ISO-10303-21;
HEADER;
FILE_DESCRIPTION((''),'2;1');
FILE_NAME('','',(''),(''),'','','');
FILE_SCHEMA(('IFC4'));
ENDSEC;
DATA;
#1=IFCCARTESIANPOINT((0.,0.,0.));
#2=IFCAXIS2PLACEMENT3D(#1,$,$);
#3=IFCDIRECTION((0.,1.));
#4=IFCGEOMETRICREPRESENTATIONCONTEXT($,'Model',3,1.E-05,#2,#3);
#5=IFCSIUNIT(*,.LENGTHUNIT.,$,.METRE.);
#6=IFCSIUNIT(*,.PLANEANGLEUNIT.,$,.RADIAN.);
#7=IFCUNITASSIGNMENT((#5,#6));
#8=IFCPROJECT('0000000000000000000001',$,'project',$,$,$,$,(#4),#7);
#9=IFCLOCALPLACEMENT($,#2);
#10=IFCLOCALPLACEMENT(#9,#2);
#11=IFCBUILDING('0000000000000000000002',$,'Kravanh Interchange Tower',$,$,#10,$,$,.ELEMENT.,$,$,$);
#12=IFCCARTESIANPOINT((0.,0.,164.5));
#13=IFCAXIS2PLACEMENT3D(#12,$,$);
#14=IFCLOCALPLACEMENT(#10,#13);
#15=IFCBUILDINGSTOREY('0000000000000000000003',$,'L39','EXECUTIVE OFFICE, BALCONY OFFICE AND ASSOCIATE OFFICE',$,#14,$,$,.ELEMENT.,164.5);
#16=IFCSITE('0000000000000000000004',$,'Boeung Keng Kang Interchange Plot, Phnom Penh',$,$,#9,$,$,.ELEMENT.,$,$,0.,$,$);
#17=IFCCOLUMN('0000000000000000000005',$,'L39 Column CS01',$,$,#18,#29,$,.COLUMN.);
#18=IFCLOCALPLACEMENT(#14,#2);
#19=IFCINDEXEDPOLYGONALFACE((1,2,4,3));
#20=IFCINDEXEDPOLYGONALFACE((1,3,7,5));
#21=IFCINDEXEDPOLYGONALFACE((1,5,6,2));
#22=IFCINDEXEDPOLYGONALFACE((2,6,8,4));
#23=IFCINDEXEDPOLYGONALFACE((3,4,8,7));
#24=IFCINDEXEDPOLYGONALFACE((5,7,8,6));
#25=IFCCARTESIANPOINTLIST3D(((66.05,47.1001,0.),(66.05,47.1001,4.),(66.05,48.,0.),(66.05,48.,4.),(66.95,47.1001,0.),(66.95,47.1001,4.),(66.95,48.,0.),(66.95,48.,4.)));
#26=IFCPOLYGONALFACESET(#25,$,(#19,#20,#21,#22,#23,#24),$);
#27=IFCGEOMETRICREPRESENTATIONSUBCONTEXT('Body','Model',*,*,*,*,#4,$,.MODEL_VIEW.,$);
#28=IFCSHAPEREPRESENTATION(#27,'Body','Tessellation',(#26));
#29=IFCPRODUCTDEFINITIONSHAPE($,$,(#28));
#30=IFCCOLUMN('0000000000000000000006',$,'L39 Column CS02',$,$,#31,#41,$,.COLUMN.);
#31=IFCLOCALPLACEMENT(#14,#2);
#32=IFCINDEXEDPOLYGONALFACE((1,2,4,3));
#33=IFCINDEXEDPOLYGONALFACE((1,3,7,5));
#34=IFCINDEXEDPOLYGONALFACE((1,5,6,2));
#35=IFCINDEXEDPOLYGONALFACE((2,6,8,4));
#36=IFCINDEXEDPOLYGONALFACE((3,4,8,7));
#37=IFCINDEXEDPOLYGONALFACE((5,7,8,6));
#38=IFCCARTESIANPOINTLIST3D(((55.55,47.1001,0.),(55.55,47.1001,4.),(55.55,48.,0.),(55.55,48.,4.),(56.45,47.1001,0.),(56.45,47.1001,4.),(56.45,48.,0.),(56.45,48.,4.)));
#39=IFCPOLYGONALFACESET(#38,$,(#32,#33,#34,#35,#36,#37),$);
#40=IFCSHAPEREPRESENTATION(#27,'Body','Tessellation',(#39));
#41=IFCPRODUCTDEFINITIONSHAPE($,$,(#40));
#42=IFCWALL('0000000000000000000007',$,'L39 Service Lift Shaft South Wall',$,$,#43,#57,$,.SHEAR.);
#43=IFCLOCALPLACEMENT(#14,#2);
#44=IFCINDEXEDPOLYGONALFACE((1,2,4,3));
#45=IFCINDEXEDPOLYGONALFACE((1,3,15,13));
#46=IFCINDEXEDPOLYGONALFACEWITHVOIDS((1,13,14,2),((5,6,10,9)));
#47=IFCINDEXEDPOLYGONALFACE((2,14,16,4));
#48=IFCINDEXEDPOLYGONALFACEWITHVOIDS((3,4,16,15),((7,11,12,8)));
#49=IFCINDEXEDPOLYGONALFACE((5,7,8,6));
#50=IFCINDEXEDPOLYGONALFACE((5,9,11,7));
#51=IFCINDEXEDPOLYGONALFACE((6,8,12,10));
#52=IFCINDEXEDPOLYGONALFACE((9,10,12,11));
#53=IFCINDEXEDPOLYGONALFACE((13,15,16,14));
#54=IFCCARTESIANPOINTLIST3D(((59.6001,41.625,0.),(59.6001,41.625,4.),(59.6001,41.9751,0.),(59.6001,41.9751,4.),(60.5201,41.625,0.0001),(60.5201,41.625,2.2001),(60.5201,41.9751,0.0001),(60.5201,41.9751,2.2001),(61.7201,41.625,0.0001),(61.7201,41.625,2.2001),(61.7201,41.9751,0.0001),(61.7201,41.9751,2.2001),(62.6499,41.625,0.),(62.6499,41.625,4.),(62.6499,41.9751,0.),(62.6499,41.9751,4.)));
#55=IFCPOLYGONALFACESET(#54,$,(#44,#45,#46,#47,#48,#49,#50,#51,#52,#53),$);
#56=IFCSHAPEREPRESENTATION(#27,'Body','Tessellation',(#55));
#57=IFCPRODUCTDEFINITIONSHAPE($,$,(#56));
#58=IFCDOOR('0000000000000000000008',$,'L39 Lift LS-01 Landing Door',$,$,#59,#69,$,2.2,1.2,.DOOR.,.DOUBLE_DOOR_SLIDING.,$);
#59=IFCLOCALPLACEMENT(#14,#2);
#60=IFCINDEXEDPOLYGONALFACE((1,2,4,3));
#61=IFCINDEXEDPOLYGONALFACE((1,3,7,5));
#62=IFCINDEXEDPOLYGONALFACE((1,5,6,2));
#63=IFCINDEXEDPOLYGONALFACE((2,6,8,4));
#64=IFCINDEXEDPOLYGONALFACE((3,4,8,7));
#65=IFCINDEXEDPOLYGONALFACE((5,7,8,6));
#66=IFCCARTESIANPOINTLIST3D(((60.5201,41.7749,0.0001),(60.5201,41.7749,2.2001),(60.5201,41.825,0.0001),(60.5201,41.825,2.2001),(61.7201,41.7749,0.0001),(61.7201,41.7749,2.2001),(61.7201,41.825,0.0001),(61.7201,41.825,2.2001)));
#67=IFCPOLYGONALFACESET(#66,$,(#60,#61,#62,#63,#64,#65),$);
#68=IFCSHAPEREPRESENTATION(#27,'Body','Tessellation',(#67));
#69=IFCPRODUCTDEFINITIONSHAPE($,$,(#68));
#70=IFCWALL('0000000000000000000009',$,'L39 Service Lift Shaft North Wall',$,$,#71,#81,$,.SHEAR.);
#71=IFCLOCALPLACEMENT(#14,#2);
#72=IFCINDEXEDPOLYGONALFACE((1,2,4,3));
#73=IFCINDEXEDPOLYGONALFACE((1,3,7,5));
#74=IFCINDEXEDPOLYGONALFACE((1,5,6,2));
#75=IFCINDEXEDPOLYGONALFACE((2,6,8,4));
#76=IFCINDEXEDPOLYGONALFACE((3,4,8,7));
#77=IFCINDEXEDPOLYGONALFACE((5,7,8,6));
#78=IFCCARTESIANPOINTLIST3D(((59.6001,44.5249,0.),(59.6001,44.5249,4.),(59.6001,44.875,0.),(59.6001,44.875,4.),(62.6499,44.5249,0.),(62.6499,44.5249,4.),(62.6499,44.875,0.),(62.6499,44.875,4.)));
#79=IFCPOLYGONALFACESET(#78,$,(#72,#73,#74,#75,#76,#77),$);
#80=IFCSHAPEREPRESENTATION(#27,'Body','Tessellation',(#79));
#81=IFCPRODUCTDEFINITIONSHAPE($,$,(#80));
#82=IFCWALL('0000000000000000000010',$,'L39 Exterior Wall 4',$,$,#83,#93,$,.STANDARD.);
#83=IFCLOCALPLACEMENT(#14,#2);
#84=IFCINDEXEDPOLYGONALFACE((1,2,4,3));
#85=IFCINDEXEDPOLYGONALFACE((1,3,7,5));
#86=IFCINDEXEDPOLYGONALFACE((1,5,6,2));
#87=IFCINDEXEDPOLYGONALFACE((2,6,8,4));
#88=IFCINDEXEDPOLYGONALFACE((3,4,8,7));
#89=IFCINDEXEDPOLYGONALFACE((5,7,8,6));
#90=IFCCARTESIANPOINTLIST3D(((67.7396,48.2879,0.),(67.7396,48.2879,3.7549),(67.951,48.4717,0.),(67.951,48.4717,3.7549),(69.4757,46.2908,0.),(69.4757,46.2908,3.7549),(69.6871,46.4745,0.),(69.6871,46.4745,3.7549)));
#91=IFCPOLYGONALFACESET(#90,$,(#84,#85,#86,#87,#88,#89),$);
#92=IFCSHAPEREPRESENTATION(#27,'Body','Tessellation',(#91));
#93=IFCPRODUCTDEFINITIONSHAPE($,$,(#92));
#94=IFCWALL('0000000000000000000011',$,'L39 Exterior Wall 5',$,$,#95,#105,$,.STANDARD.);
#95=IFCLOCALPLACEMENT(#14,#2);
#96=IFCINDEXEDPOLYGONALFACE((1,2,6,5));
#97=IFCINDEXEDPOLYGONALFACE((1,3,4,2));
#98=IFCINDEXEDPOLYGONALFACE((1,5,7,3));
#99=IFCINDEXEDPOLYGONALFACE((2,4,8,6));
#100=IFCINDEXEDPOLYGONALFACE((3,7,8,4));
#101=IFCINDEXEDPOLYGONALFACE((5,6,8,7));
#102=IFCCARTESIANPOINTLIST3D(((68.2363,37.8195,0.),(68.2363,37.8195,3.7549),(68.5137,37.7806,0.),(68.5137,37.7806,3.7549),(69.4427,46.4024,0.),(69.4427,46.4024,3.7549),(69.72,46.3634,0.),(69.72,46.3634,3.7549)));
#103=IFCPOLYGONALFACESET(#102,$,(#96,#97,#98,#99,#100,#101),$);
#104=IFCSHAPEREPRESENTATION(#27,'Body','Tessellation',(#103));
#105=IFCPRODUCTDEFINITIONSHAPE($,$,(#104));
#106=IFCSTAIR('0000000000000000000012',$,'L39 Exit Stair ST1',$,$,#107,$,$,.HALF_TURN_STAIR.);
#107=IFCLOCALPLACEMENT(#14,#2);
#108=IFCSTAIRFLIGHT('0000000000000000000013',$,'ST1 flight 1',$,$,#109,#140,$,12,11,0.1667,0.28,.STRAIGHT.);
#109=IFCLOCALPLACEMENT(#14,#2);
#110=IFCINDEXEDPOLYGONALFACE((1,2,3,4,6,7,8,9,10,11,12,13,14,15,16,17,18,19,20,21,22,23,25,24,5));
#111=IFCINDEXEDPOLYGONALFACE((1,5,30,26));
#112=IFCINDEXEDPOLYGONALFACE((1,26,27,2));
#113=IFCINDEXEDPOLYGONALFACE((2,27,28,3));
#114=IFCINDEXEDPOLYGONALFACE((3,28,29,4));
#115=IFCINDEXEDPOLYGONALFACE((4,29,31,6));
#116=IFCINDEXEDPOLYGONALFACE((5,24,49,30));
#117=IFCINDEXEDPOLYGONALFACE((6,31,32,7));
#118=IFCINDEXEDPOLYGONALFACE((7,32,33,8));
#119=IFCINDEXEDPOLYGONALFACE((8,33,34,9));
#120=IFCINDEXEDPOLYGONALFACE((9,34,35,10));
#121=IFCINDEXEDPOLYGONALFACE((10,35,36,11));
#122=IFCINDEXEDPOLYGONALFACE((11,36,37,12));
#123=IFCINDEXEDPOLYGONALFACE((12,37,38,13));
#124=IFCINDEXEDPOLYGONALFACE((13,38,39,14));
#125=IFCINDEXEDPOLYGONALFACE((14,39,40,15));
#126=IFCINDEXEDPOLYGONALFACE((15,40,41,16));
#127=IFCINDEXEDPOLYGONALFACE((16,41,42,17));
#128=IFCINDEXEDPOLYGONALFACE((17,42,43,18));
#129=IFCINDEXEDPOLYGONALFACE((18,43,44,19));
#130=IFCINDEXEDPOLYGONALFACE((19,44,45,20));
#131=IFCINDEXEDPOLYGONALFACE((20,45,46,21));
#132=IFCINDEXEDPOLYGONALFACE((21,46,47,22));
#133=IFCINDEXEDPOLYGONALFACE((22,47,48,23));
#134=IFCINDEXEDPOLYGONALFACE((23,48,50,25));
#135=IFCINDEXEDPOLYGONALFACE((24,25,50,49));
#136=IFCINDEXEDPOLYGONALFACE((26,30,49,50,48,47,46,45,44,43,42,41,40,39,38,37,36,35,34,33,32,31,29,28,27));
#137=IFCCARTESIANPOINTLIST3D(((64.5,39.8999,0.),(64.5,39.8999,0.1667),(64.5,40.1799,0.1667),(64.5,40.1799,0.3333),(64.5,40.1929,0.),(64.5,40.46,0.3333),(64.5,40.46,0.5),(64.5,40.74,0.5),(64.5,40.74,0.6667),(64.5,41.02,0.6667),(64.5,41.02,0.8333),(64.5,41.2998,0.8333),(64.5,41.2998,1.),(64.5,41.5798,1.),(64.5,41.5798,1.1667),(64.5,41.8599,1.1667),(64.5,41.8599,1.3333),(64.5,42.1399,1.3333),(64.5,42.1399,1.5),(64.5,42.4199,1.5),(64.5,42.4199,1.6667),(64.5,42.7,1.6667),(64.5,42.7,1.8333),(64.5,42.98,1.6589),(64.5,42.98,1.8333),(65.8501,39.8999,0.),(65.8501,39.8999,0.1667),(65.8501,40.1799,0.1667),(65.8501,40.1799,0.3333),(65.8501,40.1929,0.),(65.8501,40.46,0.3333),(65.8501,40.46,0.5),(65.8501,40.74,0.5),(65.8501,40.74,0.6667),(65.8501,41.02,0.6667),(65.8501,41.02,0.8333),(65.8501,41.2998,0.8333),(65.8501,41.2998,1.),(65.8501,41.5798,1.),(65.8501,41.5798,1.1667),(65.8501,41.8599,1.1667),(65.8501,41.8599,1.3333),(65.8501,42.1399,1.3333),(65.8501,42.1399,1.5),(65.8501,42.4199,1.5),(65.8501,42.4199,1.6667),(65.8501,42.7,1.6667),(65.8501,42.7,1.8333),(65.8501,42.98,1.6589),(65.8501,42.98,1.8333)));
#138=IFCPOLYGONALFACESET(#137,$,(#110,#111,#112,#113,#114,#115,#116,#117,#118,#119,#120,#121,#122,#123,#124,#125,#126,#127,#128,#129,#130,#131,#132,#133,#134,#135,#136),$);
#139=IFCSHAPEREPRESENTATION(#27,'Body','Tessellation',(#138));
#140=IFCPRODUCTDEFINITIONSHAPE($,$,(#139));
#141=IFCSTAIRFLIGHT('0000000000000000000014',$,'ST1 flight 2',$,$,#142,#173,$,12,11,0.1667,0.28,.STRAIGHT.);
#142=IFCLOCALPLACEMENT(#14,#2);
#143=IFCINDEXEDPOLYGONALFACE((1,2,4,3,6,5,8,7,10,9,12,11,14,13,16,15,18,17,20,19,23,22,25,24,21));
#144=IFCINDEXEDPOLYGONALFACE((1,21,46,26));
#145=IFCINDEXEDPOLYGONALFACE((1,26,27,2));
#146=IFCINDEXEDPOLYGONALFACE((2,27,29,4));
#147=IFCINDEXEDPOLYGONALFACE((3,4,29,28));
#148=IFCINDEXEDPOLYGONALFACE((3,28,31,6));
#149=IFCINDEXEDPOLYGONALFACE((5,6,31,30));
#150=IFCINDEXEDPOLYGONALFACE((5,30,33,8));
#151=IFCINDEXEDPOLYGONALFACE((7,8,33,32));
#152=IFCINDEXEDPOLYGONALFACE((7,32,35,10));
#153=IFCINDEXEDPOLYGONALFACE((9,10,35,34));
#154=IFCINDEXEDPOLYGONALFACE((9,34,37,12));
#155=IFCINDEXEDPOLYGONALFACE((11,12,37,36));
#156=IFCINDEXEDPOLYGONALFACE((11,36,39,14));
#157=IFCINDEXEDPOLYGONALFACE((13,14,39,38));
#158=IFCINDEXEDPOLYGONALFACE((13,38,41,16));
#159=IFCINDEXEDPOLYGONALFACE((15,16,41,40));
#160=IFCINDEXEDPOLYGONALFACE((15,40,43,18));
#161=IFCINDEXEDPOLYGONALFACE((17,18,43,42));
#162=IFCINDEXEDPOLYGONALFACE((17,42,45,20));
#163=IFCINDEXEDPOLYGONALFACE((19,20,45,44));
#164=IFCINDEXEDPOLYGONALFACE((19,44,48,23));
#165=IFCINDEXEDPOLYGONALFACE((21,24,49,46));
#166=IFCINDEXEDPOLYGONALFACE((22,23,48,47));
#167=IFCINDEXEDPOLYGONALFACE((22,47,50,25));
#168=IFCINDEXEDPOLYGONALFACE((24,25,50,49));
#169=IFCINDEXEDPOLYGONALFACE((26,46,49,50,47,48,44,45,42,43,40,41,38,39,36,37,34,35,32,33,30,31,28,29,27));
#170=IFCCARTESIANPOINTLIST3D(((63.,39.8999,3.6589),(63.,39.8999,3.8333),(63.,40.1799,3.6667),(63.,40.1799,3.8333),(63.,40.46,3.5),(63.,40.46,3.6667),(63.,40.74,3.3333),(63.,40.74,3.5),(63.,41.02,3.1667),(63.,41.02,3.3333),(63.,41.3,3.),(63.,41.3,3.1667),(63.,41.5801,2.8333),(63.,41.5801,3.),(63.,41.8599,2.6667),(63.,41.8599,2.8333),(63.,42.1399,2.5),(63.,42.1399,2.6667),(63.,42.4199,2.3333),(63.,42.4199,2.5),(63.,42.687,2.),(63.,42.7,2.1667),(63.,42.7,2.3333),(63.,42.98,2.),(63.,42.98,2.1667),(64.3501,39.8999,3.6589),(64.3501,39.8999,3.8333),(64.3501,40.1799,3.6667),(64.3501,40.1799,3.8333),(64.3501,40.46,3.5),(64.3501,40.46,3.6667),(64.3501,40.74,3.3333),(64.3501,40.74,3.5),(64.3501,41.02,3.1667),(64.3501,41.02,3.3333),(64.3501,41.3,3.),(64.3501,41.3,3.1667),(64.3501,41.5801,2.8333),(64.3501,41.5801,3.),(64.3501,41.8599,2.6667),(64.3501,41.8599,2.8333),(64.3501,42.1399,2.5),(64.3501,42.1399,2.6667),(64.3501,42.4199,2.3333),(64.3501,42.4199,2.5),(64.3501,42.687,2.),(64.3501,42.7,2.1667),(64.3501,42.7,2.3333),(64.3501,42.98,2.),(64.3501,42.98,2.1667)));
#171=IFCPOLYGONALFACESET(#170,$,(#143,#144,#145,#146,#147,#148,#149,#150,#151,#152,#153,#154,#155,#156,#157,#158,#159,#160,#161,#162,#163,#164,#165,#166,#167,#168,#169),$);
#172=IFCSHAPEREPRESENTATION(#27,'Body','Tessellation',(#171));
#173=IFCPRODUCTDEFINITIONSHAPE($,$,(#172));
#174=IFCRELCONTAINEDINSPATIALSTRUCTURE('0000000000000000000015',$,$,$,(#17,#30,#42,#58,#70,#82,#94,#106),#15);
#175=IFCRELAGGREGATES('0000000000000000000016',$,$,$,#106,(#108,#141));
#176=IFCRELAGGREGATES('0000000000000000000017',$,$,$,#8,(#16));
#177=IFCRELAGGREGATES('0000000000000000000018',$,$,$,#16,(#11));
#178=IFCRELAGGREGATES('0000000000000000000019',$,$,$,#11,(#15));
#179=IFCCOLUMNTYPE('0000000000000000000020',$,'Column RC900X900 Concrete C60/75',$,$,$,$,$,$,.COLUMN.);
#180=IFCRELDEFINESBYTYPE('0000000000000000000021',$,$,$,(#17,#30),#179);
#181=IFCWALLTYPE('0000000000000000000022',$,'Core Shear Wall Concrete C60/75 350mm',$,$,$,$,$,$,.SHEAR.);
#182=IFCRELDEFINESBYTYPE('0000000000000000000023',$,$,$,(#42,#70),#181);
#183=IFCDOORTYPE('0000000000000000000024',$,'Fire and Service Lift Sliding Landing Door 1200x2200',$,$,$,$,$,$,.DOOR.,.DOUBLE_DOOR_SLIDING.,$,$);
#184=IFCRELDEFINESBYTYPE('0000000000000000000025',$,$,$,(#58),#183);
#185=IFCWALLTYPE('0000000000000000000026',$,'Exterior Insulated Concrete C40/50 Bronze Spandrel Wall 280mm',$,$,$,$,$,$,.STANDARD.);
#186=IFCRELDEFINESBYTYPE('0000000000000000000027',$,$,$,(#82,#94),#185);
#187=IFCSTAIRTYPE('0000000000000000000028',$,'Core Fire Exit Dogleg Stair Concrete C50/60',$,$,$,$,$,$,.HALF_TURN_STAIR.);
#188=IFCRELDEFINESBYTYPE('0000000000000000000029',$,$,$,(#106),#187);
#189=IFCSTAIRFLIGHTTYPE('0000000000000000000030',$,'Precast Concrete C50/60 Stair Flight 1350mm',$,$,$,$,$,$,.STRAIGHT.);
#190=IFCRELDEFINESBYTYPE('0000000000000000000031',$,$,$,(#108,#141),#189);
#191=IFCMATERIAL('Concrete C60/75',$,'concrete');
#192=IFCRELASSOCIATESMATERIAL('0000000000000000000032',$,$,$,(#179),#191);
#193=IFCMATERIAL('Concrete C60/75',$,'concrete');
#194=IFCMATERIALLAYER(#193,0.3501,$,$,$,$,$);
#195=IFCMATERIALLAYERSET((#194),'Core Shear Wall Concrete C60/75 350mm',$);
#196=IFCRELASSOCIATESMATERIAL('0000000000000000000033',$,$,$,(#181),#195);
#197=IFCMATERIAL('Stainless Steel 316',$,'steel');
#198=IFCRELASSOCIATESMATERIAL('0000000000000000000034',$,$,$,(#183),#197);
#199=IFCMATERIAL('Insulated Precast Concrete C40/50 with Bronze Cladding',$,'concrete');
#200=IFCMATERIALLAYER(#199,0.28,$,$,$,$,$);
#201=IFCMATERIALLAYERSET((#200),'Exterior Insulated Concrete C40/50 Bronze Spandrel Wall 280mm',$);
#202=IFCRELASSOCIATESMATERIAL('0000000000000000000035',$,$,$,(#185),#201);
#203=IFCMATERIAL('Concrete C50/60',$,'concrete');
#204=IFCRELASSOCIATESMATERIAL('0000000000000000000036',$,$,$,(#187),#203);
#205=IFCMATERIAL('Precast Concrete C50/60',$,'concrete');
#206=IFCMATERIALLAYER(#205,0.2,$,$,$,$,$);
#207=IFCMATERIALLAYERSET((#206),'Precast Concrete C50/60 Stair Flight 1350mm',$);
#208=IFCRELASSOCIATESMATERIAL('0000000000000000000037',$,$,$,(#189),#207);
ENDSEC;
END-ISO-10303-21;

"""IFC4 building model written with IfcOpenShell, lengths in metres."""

from ifc_helpers import new_model, si_unit, direction, frame, frame_2d, origin, origin_2d, place, context, subcontext, project, spatial, polyline, rectangle, outline, extrude, material, layer, layer_set, material_profile, profile_set, type_object, element, fill, aggregate, save


model = new_model("IFC4")

# Units and contexts
model_context = context("Model", 3, precision=1e-05, world=origin(), true_north=direction((0.0, 1.0)))
body_context = subcontext(model_context, "Body", "Model", "MODEL_VIEW")
ifc_project = project(units=[si_unit("LENGTHUNIT", "METRE"), si_unit("PLANEANGLEUNIT", "RADIAN")], contexts=[model_context])

# Site, building, storey
site_placement = place(None, origin())
site = spatial("IfcSite", under=ifc_project, at=site_placement, Name="Boeung Keng Kang Interchange Plot, Phnom Penh", CompositionType="ELEMENT", RefElevation=0.0)
building_placement = place(site_placement, origin())
building = spatial("IfcBuilding", under=site, at=building_placement, Name="Kravanh Interchange Tower", CompositionType="ELEMENT")
storey_placement = place(building_placement, frame((0.0, 0.0, 164.5)))
storey = spatial("IfcBuildingStorey", under=building, at=storey_placement, Name="L39", Description="EXECUTIVE OFFICE, BALCONY OFFICE AND ASSOCIATE OFFICE", CompositionType="ELEMENT", Elevation=164.5)

# Columns
ifc_material_1 = material(Name="Concrete C60/75", Category="concrete")
ifc_material_profile = material_profile(ifc_material_1, rectangle(XDim=0.8999, YDim=0.8999, at=origin_2d()), Name="RC900X900")
ifc_profile_set = profile_set([ifc_material_profile], Name="Concrete C60/75")
column_type = type_object("IfcColumnType", Name="Column RC900X900 Concrete C60/75", PredefinedType="COLUMN", material=ifc_profile_set)
for number, where, z_axis, x_axis, name in (
    (1, (66.5, 47.55, 0.0), (0.0, 0.0, 1.0), (1.0, 0.0, 0.0), "L39 Column CS01"),
    (2, (56.0, 47.55, 0.0), (0.0, 0.0, 1.0), (1.0, 0.0, 0.0), "L39 Column CS02"),
):
    element("IfcColumn", number, at=place(storey_placement, frame(where, z_axis=z_axis, x_axis=x_axis)), inside=storey, type_object=column_type, Name=name, PredefinedType="COLUMN", context=body_context, shape_type="SweptSolid", body=[
        extrude(rectangle(XDim=0.8999, YDim=0.8999, at=origin_2d()), origin(), (0.0, 0.0, 1.0), 4.0),
    ])

# Wall, opening, door
ifc_material_2 = material(Name="Concrete C60/75", Category="concrete")
ifc_layer_1 = layer(ifc_material_2, 0.3501)
ifc_layer_set_1 = layer_set([ifc_layer_1], Name="Core Shear Wall Concrete C60/75 350mm")
wall_type_1 = type_object("IfcWallType", Name="Core Shear Wall Concrete C60/75 350mm", PredefinedType="SHEAR", material=ifc_layer_set_1)
wall_1_placement = place(storey_placement, frame((59.6001, 41.8, 0.0), z_axis=(0.0, 0.0, 1.0), x_axis=(1.0, 0.0, 0.0)))
wall_1 = element("IfcWall", 3, at=wall_1_placement, inside=storey, type_object=wall_type_1, Name="L39 Service Lift Shaft South Wall", PredefinedType="SHEAR", context=body_context, shape_type="SweptSolid", body=[
    extrude(rectangle(XDim=3.0498, YDim=0.3501, at=frame_2d((1.5249, 0.0))), origin(), (0.0, 0.0, 1.0), 4.0),
])
opening_placement = place(wall_1_placement, frame((0.9199, 0.0, 0.0)))
opening = element("IfcOpeningElement", 4, at=opening_placement, cuts=wall_1, PredefinedType="OPENING", context=body_context, shape_type="SweptSolid", body=[
    extrude(rectangle(XDim=1.2, YDim=2.2, at=frame_2d((0.6001, 1.1001))), frame((0.0, 0.1851, 0.0), z_axis=(0.0, -1.0, 0.0), x_axis=(1.0, 0.0, 0.0)), (0.0, 0.0, 1.0), 0.3701),
])
ifc_material_3 = material(Name="Stainless Steel 316", Category="steel")
door_type = type_object("IfcDoorType", Name="Fire and Service Lift Sliding Landing Door 1200x2200", OperationType="DOUBLE_DOOR_SLIDING", PredefinedType="DOOR", material=ifc_material_3)
door_placement = place(opening_placement, origin())
door = element("IfcDoor", 5, at=door_placement, inside=storey, type_object=door_type, Name="L39 Lift LS-01 Landing Door", OperationType="DOUBLE_DOOR_SLIDING", OverallHeight=2.2, OverallWidth=1.2, PredefinedType="DOOR", context=body_context, shape_type="SweptSolid", body=[
    extrude(rectangle(XDim=1.2, YDim=2.2, at=frame_2d((0.6001, 1.1001))), frame((0.0, 0.0249, 0.0), z_axis=(0.0, -1.0, 0.0), x_axis=(1.0, 0.0, 0.0)), (0.0, 0.0, 1.0), 0.05),
])
fill(opening, door)

# Walls
wall_2_placement = place(storey_placement, frame((59.6001, 44.7, 0.0), z_axis=(0.0, 0.0, 1.0), x_axis=(1.0, 0.0, 0.0)))
element("IfcWall", 6, at=wall_2_placement, inside=storey, type_object=wall_type_1, Name="L39 Service Lift Shaft North Wall", PredefinedType="SHEAR", context=body_context, shape_type="SweptSolid", body=[
    extrude(rectangle(XDim=3.0498, YDim=0.3501, at=frame_2d((1.5249, 0.0))), origin(), (0.0, 0.0, 1.0), 4.0),
])
ifc_material_4 = material(Name="Insulated Precast Concrete C40/50 with Bronze Cladding", Category="concrete")
ifc_layer_2 = layer(ifc_material_4, 0.28)
ifc_layer_set_2 = layer_set([ifc_layer_2], Name="Exterior Insulated Concrete C40/50 Bronze Spandrel Wall 280mm")
wall_type_2 = type_object("IfcWallType", Name="Exterior Insulated Concrete C40/50 Bronze Spandrel Wall 280mm", PredefinedType="STANDARD", material=ifc_layer_set_2)
wall_3_placement = place(storey_placement, frame((67.8452, 48.3799, 0.0), z_axis=(0.0, 0.0, 1.0), x_axis=(0.656071, -0.754699, 0.0)))
element("IfcWall", 7, at=wall_3_placement, inside=storey, type_object=wall_type_2, Name="L39 Exterior Wall 4", PredefinedType="STANDARD", context=body_context, shape_type="SweptSolid", body=[
    extrude(rectangle(XDim=2.6462, YDim=0.28, at=frame_2d((1.3232, 0.0))), origin(), (0.0, 0.0, 1.0), 3.7549),
])
wall_4_placement = place(storey_placement, frame((69.5813, 46.3828, 0.0), z_axis=(0.0, 0.0, 1.0), x_axis=(-0.139181, -0.990267, 0.0)))
element("IfcWall", 8, at=wall_4_placement, inside=storey, type_object=wall_type_2, Name="L39 Exterior Wall 5", PredefinedType="STANDARD", context=body_context, shape_type="SweptSolid", body=[
    extrude(rectangle(XDim=8.6672, YDim=0.28, at=frame_2d((4.3335, 0.0))), origin(), (0.0, 0.0, 1.0), 3.7549),
])

# Stair, stair flights
ifc_material_5 = material(Name="Concrete C50/60", Category="concrete")
stair_type = type_object("IfcStairType", Name="Core Fire Exit Dogleg Stair Concrete C50/60", PredefinedType="HALF_TURN_STAIR", material=ifc_material_5)
stair_1_placement = place(storey_placement, origin())
stair_1 = element("IfcStair", 9, at=stair_1_placement, inside=storey, type_object=stair_type, Name="L39 Exit Stair ST1", PredefinedType="HALF_TURN_STAIR")
ifc_material_6 = material(Name="Precast Concrete C50/60", Category="concrete")
ifc_layer_3 = layer(ifc_material_6, 0.2)
ifc_layer_set_3 = layer_set([ifc_layer_3], Name="Precast Concrete C50/60 Stair Flight 1350mm")
stair_flight_type = type_object("IfcStairFlightType", Name="Precast Concrete C50/60 Stair Flight 1350mm", PredefinedType="STRAIGHT", material=ifc_layer_set_3)
stair_flight_1_placement = place(storey_placement, frame((65.175, 39.8999, 0.0), z_axis=(0.0, 0.0, 1.0), x_axis=(0.0, 1.0, 0.0)))
stair_flight_1 = element("IfcStairFlight", 10, at=stair_flight_1_placement, type_object=stair_flight_type, Name="ST1 flight 1", NumberOfRisers=12, NumberOfTreads=11, PredefinedType="STRAIGHT", RiserHeight=0.1667, TreadLength=0.28, context=body_context, shape_type="SweptSolid", body=[
    extrude(outline(polyline([(0.0, 0.0), (0.0, 0.1667), (0.28, 0.1667), (0.28, 0.3333), (0.5601, 0.3333), (0.5601, 0.5), (0.8401, 0.5), (0.8401, 0.6667), (1.1201, 0.6667), (1.1201, 0.8333), (1.3999, 0.8333), (1.3999, 1.0), (1.6799, 1.0), (1.6799, 1.1667), (1.96, 1.1667), (1.96, 1.3333), (2.24, 1.3333), (2.24, 1.5), (2.52, 1.5), (2.52, 1.6667), (2.8, 1.6667), (2.8, 1.8333), (3.0801, 1.8333), (3.0801, 2.0), (3.0801, 1.6589), (0.293, 0.0), (0.0, 0.0)])), frame((0.0, 0.675, 0.0), z_axis=(0.0, -1.0, 0.0), x_axis=(1.0, 0.0, 0.0)), (0.0, 0.0, 1.0), 1.3501),
])
stair_flight_2_placement = place(storey_placement, frame((63.675, 42.98, 2.0), z_axis=(0.0, 0.0, 1.0), x_axis=(0.0, -1.0, 0.0)))
stair_flight_2 = element("IfcStairFlight", 11, at=stair_flight_2_placement, type_object=stair_flight_type, Name="ST1 flight 2", NumberOfRisers=12, NumberOfTreads=11, PredefinedType="STRAIGHT", RiserHeight=0.1667, TreadLength=0.28, context=body_context, shape_type="SweptSolid", body=[
    extrude(outline(polyline([(0.0, 0.0), (0.0, 0.1667), (0.28, 0.1667), (0.28, 0.3333), (0.5601, 0.3333), (0.5601, 0.5), (0.8401, 0.5), (0.8401, 0.6667), (1.1201, 0.6667), (1.1201, 0.8333), (1.3999, 0.8333), (1.3999, 1.0), (1.6799, 1.0), (1.6799, 1.1667), (1.96, 1.1667), (1.96, 1.3333), (2.24, 1.3333), (2.24, 1.5), (2.52, 1.5), (2.52, 1.6667), (2.8, 1.6667), (2.8, 1.8333), (3.0801, 1.8333), (3.0801, 2.0), (3.0801, 1.6589), (0.293, 0.0), (0.0, 0.0)])), frame((0.0, 0.675, 0.0), z_axis=(0.0, -1.0, 0.0), x_axis=(1.0, 0.0, 0.0)), (0.0, 0.0, 1.0), 1.3501),
])
aggregate(stair_1, [stair_flight_1, stair_flight_2])

save(model, "model.ifc")
